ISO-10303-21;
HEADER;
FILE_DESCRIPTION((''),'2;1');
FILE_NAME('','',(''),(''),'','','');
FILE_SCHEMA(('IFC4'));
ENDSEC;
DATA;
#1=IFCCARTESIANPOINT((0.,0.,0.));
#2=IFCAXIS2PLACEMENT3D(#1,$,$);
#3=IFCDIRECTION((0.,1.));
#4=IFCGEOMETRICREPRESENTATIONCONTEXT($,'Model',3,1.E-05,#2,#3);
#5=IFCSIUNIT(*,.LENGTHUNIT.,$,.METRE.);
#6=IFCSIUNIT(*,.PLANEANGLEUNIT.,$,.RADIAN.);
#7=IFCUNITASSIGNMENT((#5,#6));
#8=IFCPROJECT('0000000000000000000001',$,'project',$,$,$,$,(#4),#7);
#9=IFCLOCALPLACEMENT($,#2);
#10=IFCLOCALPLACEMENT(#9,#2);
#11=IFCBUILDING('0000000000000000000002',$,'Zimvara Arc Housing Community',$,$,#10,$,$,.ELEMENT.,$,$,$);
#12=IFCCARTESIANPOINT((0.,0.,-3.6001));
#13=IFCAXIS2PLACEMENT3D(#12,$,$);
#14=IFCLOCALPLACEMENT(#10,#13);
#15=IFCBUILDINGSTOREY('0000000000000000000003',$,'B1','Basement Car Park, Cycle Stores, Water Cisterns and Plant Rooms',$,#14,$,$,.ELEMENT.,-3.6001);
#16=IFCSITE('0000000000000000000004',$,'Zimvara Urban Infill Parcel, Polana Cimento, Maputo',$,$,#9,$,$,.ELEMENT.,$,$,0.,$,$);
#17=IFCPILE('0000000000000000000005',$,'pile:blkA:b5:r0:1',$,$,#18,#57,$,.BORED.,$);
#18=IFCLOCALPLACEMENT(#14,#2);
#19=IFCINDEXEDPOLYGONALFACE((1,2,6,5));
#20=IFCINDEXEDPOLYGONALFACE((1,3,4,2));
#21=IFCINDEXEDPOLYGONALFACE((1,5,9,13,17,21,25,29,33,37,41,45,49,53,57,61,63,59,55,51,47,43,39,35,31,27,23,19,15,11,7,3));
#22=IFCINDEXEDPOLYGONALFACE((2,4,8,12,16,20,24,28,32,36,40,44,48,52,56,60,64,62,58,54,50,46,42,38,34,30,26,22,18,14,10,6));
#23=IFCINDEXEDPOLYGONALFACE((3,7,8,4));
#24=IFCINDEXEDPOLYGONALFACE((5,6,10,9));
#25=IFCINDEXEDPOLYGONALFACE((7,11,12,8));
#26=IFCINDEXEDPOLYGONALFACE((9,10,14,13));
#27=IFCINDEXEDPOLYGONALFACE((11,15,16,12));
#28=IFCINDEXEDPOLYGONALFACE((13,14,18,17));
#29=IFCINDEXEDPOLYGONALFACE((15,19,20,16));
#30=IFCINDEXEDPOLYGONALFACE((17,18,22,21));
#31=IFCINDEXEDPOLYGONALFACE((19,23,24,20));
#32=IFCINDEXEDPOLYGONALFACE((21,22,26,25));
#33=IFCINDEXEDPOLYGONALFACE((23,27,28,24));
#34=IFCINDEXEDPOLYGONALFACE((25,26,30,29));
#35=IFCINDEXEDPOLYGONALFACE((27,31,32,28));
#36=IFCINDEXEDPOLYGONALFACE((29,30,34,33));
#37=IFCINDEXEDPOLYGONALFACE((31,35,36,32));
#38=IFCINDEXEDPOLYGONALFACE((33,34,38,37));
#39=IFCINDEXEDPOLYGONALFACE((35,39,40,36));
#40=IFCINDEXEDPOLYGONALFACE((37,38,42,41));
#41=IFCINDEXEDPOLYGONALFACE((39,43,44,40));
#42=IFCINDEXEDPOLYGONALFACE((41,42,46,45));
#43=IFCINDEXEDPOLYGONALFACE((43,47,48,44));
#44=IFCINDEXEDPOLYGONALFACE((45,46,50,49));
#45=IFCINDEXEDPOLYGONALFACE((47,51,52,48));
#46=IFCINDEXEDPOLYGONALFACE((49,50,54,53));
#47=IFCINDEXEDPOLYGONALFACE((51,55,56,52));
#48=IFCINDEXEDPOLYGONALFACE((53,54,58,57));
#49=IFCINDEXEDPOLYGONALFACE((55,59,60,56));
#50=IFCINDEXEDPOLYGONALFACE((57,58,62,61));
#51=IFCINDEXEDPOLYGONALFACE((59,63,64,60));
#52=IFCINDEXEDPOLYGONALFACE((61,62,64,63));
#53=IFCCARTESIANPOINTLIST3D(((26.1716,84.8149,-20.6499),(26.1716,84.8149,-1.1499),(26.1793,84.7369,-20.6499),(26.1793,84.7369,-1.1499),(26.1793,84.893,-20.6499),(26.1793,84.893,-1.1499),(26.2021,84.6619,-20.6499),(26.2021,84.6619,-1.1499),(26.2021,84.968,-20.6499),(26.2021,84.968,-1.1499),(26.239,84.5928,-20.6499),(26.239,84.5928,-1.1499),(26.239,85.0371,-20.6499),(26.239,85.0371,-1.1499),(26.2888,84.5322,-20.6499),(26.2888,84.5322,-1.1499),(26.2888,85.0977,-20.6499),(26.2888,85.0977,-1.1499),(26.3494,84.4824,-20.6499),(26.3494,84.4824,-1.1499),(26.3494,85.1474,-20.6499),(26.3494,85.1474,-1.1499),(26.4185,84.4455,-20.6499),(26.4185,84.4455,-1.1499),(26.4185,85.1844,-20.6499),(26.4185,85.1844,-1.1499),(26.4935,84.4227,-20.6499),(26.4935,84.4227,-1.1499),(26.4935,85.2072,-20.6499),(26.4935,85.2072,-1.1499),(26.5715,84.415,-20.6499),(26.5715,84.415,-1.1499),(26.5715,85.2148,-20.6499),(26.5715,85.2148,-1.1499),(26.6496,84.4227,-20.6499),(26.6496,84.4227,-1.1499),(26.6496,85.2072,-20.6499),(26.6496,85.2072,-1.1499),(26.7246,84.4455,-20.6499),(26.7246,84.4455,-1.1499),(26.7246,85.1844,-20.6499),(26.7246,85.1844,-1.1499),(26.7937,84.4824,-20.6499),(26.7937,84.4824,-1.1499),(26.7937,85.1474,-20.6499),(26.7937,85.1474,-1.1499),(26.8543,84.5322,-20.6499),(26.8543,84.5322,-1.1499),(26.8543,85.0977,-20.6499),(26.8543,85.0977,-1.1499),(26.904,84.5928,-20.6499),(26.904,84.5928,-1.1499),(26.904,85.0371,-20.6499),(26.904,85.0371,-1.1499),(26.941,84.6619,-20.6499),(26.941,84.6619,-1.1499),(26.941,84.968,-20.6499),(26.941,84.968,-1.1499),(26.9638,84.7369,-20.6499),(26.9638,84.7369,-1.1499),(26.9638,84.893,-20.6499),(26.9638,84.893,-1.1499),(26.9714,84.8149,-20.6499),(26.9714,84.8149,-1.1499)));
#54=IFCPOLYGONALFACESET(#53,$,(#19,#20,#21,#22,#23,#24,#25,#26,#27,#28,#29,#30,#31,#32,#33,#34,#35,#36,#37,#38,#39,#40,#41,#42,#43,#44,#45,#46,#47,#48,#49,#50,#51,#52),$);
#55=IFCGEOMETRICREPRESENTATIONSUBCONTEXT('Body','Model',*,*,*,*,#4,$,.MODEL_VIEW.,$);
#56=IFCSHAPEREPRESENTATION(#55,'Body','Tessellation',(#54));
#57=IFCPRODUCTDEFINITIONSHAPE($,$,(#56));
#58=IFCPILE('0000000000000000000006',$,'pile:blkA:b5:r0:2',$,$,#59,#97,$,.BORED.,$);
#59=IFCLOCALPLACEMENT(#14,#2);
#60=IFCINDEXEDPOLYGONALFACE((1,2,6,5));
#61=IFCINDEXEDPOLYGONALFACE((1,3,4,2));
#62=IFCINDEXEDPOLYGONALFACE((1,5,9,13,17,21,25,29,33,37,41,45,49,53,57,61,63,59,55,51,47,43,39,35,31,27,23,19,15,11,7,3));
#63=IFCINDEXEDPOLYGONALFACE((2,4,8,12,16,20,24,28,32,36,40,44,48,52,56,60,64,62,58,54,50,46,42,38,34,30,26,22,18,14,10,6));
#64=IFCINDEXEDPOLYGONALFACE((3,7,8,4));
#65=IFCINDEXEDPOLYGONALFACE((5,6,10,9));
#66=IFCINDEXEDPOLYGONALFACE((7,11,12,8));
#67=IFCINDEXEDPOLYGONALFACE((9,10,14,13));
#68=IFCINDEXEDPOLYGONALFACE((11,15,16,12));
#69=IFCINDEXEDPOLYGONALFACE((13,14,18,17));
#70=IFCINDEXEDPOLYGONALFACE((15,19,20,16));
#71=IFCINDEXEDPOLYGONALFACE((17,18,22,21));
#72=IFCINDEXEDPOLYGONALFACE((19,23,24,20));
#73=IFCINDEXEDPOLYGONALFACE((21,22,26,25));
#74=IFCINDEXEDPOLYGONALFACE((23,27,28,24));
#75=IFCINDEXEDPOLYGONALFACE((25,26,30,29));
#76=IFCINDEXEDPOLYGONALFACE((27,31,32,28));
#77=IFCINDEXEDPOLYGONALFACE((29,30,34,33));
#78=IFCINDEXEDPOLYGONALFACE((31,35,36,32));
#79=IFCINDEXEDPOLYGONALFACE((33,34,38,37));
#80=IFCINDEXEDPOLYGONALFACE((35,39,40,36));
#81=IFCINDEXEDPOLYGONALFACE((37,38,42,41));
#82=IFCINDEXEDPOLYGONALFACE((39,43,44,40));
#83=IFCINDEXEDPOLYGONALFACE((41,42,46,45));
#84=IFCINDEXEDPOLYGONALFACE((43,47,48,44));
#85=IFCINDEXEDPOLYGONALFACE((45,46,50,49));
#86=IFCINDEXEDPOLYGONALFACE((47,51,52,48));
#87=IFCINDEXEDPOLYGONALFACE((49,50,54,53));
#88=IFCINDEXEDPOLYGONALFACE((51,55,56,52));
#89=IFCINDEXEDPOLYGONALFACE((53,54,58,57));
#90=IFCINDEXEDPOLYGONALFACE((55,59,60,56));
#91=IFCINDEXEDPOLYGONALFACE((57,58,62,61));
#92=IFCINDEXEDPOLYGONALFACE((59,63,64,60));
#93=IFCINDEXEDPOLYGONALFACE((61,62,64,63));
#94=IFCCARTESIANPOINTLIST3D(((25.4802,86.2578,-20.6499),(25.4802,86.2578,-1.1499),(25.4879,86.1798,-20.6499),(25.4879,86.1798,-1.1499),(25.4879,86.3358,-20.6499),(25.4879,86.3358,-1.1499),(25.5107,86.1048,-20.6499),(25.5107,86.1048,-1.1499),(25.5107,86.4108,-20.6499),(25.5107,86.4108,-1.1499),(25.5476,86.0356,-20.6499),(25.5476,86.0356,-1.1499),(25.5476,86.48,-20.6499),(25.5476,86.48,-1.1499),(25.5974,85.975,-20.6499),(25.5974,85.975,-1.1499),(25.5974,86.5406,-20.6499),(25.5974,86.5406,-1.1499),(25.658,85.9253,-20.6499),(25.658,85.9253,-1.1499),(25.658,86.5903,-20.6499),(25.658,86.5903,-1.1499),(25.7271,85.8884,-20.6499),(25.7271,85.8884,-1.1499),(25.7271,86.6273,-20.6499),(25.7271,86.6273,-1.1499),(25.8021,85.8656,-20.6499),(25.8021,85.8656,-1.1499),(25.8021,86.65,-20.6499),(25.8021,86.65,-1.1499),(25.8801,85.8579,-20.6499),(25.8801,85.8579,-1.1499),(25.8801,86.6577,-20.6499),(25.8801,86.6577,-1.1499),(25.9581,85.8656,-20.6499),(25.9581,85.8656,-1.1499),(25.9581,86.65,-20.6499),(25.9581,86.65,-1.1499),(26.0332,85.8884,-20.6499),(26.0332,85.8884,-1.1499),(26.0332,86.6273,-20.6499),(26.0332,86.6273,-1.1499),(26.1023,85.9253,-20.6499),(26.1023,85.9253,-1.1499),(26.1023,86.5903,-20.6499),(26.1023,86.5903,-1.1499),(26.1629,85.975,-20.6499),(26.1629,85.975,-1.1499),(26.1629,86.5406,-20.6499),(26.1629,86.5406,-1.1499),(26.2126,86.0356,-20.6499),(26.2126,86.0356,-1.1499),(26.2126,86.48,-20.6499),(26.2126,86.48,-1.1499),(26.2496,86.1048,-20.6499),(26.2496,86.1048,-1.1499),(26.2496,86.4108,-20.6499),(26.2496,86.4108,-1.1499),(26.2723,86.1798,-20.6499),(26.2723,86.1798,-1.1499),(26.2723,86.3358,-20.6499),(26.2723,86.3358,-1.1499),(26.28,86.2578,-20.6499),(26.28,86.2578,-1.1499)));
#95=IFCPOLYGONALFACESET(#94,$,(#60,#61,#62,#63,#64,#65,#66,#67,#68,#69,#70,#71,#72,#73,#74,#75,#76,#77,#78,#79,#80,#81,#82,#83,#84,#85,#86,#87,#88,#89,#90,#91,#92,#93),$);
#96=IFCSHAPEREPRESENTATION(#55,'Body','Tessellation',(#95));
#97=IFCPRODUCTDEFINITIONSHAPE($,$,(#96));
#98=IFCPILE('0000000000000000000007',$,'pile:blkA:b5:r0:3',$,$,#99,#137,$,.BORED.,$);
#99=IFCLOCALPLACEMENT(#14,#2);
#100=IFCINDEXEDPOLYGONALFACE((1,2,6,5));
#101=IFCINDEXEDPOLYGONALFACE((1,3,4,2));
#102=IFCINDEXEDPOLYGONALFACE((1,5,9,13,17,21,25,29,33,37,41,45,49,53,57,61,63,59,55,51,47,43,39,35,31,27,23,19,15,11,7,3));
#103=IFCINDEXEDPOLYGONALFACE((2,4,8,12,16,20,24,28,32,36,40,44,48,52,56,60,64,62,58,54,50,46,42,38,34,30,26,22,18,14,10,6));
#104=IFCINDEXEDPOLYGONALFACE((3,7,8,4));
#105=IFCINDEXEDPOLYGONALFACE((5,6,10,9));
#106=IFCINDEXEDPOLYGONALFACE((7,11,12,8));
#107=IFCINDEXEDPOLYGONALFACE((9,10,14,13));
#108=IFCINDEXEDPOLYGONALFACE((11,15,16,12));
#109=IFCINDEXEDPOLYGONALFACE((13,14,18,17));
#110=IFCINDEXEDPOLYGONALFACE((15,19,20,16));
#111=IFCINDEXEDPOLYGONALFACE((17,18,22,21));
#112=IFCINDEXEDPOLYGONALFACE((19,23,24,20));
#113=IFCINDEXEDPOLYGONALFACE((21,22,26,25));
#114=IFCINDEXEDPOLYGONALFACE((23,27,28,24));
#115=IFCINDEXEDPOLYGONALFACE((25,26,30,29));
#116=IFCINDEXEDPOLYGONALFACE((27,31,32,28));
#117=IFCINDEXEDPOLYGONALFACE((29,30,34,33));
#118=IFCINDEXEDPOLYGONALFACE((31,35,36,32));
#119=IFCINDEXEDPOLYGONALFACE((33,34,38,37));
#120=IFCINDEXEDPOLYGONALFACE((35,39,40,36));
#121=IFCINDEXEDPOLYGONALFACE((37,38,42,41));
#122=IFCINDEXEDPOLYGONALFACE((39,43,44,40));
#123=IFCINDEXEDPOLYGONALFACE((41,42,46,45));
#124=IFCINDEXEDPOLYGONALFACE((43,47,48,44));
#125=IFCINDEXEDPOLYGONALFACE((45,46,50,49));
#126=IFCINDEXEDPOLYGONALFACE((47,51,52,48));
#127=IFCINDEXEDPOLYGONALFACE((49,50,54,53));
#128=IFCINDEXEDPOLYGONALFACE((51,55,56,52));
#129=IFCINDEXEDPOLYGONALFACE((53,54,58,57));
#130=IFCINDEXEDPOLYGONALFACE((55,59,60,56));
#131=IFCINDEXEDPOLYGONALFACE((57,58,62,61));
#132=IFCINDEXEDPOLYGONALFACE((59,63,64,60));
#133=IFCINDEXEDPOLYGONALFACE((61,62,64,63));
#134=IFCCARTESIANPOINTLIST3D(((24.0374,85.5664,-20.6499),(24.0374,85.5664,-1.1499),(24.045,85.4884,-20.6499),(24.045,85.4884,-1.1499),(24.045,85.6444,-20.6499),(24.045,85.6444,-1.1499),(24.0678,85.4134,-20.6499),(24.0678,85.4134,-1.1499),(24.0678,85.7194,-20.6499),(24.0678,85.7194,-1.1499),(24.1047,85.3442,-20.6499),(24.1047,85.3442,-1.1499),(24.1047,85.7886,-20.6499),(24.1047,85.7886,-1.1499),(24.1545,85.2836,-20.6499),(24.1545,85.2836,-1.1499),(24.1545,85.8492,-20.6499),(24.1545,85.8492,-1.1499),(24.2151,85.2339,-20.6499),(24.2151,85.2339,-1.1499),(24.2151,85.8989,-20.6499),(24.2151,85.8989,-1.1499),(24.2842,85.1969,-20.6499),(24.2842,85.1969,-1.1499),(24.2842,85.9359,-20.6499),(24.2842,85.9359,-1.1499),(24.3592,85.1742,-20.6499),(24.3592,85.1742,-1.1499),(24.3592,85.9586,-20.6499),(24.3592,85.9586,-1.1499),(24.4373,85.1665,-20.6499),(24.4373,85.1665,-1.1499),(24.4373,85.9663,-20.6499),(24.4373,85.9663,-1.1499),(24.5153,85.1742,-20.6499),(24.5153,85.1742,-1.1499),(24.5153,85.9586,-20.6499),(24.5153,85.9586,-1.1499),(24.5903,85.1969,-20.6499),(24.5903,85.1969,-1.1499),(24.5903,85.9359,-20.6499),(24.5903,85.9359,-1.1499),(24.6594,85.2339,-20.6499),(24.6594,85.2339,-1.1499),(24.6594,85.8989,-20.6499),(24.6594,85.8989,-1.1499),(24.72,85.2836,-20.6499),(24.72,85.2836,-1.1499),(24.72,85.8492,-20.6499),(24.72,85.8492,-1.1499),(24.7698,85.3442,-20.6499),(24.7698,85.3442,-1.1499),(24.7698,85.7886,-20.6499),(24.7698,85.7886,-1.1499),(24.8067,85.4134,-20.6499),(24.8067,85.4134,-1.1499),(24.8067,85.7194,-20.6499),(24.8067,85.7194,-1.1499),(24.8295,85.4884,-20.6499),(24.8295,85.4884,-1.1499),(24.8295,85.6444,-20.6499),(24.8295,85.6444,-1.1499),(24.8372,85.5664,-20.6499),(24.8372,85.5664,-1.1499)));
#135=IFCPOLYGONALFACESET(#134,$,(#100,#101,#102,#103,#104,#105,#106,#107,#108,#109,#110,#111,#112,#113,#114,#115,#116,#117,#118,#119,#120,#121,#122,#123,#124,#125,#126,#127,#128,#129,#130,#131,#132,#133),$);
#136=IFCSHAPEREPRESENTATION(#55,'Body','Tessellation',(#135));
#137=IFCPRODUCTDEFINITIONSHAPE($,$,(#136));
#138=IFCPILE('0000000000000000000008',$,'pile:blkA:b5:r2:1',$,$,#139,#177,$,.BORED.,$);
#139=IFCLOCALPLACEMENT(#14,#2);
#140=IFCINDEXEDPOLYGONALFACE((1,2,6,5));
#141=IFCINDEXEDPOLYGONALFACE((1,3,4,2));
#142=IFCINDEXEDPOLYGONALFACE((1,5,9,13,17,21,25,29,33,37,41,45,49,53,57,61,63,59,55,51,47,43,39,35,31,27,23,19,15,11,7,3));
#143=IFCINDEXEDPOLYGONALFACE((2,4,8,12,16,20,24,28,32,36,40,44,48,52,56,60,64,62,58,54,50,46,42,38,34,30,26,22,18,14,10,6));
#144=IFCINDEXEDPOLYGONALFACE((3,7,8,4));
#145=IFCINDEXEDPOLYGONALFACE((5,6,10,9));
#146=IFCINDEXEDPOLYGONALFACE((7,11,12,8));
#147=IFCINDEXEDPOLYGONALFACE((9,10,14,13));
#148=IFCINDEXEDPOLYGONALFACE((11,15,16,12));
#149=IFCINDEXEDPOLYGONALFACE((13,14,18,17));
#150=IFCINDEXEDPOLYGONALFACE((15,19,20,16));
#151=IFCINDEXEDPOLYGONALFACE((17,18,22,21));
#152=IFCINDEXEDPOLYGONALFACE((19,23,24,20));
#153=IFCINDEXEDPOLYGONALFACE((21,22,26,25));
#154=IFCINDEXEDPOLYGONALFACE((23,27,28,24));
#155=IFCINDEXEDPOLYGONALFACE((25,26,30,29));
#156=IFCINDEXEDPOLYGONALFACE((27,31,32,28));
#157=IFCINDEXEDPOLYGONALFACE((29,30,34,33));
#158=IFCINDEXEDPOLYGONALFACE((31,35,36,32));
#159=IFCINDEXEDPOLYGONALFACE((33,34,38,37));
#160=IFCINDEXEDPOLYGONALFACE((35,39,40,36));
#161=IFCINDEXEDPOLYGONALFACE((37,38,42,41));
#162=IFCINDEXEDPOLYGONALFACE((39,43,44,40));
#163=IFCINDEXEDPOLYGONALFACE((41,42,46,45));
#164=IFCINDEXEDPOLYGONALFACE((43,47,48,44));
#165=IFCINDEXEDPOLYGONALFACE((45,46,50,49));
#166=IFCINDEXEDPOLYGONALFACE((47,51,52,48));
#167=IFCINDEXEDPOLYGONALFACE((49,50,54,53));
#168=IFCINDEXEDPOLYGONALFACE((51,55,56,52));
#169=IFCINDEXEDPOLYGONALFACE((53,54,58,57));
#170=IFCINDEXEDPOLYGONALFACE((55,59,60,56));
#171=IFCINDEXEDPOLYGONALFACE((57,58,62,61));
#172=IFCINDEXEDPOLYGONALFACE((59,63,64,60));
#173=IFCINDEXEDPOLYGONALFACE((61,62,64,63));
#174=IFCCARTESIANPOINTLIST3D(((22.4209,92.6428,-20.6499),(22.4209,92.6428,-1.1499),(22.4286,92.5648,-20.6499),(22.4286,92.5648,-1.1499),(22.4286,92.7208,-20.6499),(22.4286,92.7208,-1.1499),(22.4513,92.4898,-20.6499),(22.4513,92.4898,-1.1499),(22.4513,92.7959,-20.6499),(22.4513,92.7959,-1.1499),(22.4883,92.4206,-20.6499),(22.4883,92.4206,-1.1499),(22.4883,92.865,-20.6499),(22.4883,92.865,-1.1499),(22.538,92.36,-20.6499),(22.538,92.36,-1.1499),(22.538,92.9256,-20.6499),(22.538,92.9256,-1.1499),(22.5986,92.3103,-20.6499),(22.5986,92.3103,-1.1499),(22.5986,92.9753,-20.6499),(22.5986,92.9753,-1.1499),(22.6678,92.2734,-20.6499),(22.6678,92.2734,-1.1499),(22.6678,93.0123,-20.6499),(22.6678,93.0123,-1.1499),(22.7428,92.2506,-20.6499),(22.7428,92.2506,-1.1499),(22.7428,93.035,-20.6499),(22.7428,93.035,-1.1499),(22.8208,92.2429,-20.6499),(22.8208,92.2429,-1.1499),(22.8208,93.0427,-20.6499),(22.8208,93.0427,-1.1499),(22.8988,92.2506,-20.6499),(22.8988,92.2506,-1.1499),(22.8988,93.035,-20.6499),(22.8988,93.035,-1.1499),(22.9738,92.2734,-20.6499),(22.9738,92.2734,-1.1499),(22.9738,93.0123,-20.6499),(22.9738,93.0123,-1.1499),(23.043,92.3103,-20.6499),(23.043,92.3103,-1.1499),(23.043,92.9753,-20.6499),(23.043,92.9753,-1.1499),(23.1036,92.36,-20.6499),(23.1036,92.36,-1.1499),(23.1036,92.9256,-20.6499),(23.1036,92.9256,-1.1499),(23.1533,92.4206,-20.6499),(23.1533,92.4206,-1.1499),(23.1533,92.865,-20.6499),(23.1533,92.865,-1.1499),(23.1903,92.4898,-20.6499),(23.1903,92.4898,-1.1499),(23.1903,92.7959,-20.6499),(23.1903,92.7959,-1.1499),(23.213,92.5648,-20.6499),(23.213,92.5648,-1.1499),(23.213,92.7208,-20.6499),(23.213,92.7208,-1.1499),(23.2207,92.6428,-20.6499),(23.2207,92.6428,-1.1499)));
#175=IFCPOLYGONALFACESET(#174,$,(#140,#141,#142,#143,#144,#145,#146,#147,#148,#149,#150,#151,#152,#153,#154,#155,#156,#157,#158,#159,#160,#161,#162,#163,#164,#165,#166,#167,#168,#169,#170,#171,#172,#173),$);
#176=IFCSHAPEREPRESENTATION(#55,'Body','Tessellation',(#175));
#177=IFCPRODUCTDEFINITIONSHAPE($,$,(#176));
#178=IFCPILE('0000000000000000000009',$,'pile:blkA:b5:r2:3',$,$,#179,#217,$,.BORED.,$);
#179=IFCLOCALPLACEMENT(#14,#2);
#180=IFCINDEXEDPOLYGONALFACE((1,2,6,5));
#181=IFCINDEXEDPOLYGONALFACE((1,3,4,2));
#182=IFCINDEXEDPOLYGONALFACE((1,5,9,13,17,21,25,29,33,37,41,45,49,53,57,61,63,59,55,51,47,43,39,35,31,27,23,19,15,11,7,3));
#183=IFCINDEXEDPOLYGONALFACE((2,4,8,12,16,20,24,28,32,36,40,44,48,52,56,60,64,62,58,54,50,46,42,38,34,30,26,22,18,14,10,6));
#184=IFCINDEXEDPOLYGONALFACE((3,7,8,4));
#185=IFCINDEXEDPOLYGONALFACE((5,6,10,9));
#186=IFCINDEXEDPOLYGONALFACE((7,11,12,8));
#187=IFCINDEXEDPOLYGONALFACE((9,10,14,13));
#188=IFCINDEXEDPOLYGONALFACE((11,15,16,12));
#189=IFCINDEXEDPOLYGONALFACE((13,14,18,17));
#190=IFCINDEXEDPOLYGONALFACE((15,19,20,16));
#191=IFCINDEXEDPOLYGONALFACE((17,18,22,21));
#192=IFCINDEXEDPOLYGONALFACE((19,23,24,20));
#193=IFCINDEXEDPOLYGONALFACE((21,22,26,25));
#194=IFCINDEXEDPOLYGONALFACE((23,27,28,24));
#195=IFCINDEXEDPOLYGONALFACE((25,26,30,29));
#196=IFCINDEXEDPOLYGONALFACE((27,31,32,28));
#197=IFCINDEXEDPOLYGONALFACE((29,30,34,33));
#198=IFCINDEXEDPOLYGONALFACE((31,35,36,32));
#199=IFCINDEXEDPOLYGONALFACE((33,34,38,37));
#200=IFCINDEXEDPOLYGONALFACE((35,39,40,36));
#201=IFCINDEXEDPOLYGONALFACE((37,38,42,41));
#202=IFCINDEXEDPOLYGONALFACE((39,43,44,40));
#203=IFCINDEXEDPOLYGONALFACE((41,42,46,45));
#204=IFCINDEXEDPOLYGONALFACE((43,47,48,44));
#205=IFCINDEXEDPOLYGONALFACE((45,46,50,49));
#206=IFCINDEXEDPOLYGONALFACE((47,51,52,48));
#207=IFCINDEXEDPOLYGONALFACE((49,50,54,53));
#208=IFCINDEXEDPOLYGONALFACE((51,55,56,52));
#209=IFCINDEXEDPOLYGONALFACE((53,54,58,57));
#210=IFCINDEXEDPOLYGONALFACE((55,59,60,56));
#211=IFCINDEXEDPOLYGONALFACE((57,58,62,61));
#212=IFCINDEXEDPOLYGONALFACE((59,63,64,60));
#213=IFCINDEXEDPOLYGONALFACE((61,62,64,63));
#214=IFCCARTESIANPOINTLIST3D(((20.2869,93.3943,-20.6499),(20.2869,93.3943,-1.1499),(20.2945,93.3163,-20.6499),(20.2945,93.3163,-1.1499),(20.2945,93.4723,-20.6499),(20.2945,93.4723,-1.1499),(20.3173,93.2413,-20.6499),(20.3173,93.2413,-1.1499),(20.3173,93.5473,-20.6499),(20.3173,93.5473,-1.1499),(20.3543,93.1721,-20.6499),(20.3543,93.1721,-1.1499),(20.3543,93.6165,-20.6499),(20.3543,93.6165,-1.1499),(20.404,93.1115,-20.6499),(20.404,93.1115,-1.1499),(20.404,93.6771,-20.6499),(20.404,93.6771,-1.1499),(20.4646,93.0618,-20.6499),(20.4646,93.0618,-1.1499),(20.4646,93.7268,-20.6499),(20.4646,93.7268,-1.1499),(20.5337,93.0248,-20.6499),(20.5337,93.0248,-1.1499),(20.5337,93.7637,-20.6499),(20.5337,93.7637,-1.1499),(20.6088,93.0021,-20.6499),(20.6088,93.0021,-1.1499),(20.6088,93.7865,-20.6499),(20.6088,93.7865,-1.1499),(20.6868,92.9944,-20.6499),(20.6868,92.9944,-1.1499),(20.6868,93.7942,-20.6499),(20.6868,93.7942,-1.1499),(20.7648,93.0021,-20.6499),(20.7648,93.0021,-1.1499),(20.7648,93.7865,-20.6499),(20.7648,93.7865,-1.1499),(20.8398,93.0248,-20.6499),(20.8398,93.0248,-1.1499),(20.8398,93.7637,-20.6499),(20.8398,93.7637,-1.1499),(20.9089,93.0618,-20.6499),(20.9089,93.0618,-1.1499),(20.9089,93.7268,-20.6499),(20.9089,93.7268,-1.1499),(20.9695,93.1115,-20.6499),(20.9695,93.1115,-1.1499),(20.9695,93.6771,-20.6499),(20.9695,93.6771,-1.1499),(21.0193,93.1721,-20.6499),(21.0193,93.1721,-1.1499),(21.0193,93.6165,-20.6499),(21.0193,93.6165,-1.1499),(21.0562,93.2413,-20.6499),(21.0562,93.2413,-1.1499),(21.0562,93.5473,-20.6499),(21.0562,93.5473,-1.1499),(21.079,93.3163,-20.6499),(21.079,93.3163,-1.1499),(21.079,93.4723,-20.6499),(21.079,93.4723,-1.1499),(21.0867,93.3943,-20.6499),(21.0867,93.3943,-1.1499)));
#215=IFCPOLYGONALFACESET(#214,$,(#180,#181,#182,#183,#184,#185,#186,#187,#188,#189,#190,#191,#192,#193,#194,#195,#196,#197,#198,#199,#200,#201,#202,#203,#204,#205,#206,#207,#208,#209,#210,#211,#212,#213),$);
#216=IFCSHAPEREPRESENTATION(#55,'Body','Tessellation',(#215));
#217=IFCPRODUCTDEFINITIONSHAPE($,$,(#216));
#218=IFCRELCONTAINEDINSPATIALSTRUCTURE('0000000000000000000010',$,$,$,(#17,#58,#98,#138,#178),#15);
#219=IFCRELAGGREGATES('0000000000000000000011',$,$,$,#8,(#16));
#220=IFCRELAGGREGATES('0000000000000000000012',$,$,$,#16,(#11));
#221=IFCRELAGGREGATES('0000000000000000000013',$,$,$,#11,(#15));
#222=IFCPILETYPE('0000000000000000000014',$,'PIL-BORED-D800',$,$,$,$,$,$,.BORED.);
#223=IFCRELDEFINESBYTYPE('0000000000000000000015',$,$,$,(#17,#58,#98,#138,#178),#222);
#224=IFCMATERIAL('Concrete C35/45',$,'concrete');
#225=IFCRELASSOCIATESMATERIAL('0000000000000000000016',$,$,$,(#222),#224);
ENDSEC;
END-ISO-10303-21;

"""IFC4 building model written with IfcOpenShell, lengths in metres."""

from ifc_helpers import new_model, si_unit, direction, frame, origin, origin_2d, place, context, subcontext, project, spatial, circle, extrude, material, material_profile, profile_set, type_object, element, save


model = new_model("IFC4")

# Units and contexts
model_context = context("Model", 3, precision=1e-05, world=origin(), true_north=direction((0.0, 1.0)))
body_context = subcontext(model_context, "Body", "Model", "MODEL_VIEW")
ifc_project = project(units=[si_unit("LENGTHUNIT", "METRE"), si_unit("PLANEANGLEUNIT", "RADIAN")], contexts=[model_context])

# Site, building, storey
site_placement = place(None, origin())
site = spatial("IfcSite", under=ifc_project, at=site_placement, Name="Zimvara Urban Infill Parcel, Polana Cimento, Maputo", CompositionType="ELEMENT", RefElevation=0.0)
building_placement = place(site_placement, origin())
building = spatial("IfcBuilding", under=site, at=building_placement, Name="Zimvara Arc Housing Community", CompositionType="ELEMENT")
storey_placement = place(building_placement, frame((0.0, 0.0, -3.6001)))
storey = spatial("IfcBuildingStorey", under=building, at=storey_placement, Name="B1", Description="Basement Car Park, Cycle Stores, Water Cisterns and Plant Rooms", CompositionType="ELEMENT", Elevation=-3.6001)

# Piles
ifc_material_1 = material(Name="Concrete C35/45", Category="concrete")
ifc_material_profile_1 = material_profile(ifc_material_1, circle(Radius=0.3999, at=origin_2d()), Name="PILE D800")
ifc_profile_set_1 = profile_set([ifc_material_profile_1], Name="Concrete C35/45")
pile_type = type_object("IfcPileType", Name="PIL-BORED-D800", PredefinedType="BORED", material=ifc_profile_set_1)
for number, where, z_axis, x_axis, name in (
    (1, (26.5715, 84.8149, -1.1499), (0.0, 0.0, -1.0), (1.0, 0.0, 0.0), "pile:blkA:b5:r0:1"),
    (2, (25.8801, 86.2578, -1.1499), (0.0, 0.0, -1.0), (1.0, 0.0, 0.0), "pile:blkA:b5:r0:2"),
    (3, (24.4373, 85.5664, -1.1499), (0.0, 0.0, -1.0), (1.0, 0.0, 0.0), "pile:blkA:b5:r0:3"),
    (4, (22.8208, 92.6428, -1.1499), (0.0, 0.0, -1.0), (1.0, 0.0, 0.0), "pile:blkA:b5:r2:1"),
    (5, (20.6868, 93.3943, -1.1499), (0.0, 0.0, -1.0), (1.0, 0.0, 0.0), "pile:blkA:b5:r2:3"),
):
    element("IfcPile", number, at=place(storey_placement, frame(where, z_axis=z_axis, x_axis=x_axis)), inside=storey, type_object=pile_type, Name=name, PredefinedType="BORED", context=body_context, shape_type="SweptSolid", body=[
        extrude(circle(Radius=0.3999, at=origin_2d()), origin(), (0.0, 0.0, 1.0), 19.5),
    ])

save(model, "model.ifc")
